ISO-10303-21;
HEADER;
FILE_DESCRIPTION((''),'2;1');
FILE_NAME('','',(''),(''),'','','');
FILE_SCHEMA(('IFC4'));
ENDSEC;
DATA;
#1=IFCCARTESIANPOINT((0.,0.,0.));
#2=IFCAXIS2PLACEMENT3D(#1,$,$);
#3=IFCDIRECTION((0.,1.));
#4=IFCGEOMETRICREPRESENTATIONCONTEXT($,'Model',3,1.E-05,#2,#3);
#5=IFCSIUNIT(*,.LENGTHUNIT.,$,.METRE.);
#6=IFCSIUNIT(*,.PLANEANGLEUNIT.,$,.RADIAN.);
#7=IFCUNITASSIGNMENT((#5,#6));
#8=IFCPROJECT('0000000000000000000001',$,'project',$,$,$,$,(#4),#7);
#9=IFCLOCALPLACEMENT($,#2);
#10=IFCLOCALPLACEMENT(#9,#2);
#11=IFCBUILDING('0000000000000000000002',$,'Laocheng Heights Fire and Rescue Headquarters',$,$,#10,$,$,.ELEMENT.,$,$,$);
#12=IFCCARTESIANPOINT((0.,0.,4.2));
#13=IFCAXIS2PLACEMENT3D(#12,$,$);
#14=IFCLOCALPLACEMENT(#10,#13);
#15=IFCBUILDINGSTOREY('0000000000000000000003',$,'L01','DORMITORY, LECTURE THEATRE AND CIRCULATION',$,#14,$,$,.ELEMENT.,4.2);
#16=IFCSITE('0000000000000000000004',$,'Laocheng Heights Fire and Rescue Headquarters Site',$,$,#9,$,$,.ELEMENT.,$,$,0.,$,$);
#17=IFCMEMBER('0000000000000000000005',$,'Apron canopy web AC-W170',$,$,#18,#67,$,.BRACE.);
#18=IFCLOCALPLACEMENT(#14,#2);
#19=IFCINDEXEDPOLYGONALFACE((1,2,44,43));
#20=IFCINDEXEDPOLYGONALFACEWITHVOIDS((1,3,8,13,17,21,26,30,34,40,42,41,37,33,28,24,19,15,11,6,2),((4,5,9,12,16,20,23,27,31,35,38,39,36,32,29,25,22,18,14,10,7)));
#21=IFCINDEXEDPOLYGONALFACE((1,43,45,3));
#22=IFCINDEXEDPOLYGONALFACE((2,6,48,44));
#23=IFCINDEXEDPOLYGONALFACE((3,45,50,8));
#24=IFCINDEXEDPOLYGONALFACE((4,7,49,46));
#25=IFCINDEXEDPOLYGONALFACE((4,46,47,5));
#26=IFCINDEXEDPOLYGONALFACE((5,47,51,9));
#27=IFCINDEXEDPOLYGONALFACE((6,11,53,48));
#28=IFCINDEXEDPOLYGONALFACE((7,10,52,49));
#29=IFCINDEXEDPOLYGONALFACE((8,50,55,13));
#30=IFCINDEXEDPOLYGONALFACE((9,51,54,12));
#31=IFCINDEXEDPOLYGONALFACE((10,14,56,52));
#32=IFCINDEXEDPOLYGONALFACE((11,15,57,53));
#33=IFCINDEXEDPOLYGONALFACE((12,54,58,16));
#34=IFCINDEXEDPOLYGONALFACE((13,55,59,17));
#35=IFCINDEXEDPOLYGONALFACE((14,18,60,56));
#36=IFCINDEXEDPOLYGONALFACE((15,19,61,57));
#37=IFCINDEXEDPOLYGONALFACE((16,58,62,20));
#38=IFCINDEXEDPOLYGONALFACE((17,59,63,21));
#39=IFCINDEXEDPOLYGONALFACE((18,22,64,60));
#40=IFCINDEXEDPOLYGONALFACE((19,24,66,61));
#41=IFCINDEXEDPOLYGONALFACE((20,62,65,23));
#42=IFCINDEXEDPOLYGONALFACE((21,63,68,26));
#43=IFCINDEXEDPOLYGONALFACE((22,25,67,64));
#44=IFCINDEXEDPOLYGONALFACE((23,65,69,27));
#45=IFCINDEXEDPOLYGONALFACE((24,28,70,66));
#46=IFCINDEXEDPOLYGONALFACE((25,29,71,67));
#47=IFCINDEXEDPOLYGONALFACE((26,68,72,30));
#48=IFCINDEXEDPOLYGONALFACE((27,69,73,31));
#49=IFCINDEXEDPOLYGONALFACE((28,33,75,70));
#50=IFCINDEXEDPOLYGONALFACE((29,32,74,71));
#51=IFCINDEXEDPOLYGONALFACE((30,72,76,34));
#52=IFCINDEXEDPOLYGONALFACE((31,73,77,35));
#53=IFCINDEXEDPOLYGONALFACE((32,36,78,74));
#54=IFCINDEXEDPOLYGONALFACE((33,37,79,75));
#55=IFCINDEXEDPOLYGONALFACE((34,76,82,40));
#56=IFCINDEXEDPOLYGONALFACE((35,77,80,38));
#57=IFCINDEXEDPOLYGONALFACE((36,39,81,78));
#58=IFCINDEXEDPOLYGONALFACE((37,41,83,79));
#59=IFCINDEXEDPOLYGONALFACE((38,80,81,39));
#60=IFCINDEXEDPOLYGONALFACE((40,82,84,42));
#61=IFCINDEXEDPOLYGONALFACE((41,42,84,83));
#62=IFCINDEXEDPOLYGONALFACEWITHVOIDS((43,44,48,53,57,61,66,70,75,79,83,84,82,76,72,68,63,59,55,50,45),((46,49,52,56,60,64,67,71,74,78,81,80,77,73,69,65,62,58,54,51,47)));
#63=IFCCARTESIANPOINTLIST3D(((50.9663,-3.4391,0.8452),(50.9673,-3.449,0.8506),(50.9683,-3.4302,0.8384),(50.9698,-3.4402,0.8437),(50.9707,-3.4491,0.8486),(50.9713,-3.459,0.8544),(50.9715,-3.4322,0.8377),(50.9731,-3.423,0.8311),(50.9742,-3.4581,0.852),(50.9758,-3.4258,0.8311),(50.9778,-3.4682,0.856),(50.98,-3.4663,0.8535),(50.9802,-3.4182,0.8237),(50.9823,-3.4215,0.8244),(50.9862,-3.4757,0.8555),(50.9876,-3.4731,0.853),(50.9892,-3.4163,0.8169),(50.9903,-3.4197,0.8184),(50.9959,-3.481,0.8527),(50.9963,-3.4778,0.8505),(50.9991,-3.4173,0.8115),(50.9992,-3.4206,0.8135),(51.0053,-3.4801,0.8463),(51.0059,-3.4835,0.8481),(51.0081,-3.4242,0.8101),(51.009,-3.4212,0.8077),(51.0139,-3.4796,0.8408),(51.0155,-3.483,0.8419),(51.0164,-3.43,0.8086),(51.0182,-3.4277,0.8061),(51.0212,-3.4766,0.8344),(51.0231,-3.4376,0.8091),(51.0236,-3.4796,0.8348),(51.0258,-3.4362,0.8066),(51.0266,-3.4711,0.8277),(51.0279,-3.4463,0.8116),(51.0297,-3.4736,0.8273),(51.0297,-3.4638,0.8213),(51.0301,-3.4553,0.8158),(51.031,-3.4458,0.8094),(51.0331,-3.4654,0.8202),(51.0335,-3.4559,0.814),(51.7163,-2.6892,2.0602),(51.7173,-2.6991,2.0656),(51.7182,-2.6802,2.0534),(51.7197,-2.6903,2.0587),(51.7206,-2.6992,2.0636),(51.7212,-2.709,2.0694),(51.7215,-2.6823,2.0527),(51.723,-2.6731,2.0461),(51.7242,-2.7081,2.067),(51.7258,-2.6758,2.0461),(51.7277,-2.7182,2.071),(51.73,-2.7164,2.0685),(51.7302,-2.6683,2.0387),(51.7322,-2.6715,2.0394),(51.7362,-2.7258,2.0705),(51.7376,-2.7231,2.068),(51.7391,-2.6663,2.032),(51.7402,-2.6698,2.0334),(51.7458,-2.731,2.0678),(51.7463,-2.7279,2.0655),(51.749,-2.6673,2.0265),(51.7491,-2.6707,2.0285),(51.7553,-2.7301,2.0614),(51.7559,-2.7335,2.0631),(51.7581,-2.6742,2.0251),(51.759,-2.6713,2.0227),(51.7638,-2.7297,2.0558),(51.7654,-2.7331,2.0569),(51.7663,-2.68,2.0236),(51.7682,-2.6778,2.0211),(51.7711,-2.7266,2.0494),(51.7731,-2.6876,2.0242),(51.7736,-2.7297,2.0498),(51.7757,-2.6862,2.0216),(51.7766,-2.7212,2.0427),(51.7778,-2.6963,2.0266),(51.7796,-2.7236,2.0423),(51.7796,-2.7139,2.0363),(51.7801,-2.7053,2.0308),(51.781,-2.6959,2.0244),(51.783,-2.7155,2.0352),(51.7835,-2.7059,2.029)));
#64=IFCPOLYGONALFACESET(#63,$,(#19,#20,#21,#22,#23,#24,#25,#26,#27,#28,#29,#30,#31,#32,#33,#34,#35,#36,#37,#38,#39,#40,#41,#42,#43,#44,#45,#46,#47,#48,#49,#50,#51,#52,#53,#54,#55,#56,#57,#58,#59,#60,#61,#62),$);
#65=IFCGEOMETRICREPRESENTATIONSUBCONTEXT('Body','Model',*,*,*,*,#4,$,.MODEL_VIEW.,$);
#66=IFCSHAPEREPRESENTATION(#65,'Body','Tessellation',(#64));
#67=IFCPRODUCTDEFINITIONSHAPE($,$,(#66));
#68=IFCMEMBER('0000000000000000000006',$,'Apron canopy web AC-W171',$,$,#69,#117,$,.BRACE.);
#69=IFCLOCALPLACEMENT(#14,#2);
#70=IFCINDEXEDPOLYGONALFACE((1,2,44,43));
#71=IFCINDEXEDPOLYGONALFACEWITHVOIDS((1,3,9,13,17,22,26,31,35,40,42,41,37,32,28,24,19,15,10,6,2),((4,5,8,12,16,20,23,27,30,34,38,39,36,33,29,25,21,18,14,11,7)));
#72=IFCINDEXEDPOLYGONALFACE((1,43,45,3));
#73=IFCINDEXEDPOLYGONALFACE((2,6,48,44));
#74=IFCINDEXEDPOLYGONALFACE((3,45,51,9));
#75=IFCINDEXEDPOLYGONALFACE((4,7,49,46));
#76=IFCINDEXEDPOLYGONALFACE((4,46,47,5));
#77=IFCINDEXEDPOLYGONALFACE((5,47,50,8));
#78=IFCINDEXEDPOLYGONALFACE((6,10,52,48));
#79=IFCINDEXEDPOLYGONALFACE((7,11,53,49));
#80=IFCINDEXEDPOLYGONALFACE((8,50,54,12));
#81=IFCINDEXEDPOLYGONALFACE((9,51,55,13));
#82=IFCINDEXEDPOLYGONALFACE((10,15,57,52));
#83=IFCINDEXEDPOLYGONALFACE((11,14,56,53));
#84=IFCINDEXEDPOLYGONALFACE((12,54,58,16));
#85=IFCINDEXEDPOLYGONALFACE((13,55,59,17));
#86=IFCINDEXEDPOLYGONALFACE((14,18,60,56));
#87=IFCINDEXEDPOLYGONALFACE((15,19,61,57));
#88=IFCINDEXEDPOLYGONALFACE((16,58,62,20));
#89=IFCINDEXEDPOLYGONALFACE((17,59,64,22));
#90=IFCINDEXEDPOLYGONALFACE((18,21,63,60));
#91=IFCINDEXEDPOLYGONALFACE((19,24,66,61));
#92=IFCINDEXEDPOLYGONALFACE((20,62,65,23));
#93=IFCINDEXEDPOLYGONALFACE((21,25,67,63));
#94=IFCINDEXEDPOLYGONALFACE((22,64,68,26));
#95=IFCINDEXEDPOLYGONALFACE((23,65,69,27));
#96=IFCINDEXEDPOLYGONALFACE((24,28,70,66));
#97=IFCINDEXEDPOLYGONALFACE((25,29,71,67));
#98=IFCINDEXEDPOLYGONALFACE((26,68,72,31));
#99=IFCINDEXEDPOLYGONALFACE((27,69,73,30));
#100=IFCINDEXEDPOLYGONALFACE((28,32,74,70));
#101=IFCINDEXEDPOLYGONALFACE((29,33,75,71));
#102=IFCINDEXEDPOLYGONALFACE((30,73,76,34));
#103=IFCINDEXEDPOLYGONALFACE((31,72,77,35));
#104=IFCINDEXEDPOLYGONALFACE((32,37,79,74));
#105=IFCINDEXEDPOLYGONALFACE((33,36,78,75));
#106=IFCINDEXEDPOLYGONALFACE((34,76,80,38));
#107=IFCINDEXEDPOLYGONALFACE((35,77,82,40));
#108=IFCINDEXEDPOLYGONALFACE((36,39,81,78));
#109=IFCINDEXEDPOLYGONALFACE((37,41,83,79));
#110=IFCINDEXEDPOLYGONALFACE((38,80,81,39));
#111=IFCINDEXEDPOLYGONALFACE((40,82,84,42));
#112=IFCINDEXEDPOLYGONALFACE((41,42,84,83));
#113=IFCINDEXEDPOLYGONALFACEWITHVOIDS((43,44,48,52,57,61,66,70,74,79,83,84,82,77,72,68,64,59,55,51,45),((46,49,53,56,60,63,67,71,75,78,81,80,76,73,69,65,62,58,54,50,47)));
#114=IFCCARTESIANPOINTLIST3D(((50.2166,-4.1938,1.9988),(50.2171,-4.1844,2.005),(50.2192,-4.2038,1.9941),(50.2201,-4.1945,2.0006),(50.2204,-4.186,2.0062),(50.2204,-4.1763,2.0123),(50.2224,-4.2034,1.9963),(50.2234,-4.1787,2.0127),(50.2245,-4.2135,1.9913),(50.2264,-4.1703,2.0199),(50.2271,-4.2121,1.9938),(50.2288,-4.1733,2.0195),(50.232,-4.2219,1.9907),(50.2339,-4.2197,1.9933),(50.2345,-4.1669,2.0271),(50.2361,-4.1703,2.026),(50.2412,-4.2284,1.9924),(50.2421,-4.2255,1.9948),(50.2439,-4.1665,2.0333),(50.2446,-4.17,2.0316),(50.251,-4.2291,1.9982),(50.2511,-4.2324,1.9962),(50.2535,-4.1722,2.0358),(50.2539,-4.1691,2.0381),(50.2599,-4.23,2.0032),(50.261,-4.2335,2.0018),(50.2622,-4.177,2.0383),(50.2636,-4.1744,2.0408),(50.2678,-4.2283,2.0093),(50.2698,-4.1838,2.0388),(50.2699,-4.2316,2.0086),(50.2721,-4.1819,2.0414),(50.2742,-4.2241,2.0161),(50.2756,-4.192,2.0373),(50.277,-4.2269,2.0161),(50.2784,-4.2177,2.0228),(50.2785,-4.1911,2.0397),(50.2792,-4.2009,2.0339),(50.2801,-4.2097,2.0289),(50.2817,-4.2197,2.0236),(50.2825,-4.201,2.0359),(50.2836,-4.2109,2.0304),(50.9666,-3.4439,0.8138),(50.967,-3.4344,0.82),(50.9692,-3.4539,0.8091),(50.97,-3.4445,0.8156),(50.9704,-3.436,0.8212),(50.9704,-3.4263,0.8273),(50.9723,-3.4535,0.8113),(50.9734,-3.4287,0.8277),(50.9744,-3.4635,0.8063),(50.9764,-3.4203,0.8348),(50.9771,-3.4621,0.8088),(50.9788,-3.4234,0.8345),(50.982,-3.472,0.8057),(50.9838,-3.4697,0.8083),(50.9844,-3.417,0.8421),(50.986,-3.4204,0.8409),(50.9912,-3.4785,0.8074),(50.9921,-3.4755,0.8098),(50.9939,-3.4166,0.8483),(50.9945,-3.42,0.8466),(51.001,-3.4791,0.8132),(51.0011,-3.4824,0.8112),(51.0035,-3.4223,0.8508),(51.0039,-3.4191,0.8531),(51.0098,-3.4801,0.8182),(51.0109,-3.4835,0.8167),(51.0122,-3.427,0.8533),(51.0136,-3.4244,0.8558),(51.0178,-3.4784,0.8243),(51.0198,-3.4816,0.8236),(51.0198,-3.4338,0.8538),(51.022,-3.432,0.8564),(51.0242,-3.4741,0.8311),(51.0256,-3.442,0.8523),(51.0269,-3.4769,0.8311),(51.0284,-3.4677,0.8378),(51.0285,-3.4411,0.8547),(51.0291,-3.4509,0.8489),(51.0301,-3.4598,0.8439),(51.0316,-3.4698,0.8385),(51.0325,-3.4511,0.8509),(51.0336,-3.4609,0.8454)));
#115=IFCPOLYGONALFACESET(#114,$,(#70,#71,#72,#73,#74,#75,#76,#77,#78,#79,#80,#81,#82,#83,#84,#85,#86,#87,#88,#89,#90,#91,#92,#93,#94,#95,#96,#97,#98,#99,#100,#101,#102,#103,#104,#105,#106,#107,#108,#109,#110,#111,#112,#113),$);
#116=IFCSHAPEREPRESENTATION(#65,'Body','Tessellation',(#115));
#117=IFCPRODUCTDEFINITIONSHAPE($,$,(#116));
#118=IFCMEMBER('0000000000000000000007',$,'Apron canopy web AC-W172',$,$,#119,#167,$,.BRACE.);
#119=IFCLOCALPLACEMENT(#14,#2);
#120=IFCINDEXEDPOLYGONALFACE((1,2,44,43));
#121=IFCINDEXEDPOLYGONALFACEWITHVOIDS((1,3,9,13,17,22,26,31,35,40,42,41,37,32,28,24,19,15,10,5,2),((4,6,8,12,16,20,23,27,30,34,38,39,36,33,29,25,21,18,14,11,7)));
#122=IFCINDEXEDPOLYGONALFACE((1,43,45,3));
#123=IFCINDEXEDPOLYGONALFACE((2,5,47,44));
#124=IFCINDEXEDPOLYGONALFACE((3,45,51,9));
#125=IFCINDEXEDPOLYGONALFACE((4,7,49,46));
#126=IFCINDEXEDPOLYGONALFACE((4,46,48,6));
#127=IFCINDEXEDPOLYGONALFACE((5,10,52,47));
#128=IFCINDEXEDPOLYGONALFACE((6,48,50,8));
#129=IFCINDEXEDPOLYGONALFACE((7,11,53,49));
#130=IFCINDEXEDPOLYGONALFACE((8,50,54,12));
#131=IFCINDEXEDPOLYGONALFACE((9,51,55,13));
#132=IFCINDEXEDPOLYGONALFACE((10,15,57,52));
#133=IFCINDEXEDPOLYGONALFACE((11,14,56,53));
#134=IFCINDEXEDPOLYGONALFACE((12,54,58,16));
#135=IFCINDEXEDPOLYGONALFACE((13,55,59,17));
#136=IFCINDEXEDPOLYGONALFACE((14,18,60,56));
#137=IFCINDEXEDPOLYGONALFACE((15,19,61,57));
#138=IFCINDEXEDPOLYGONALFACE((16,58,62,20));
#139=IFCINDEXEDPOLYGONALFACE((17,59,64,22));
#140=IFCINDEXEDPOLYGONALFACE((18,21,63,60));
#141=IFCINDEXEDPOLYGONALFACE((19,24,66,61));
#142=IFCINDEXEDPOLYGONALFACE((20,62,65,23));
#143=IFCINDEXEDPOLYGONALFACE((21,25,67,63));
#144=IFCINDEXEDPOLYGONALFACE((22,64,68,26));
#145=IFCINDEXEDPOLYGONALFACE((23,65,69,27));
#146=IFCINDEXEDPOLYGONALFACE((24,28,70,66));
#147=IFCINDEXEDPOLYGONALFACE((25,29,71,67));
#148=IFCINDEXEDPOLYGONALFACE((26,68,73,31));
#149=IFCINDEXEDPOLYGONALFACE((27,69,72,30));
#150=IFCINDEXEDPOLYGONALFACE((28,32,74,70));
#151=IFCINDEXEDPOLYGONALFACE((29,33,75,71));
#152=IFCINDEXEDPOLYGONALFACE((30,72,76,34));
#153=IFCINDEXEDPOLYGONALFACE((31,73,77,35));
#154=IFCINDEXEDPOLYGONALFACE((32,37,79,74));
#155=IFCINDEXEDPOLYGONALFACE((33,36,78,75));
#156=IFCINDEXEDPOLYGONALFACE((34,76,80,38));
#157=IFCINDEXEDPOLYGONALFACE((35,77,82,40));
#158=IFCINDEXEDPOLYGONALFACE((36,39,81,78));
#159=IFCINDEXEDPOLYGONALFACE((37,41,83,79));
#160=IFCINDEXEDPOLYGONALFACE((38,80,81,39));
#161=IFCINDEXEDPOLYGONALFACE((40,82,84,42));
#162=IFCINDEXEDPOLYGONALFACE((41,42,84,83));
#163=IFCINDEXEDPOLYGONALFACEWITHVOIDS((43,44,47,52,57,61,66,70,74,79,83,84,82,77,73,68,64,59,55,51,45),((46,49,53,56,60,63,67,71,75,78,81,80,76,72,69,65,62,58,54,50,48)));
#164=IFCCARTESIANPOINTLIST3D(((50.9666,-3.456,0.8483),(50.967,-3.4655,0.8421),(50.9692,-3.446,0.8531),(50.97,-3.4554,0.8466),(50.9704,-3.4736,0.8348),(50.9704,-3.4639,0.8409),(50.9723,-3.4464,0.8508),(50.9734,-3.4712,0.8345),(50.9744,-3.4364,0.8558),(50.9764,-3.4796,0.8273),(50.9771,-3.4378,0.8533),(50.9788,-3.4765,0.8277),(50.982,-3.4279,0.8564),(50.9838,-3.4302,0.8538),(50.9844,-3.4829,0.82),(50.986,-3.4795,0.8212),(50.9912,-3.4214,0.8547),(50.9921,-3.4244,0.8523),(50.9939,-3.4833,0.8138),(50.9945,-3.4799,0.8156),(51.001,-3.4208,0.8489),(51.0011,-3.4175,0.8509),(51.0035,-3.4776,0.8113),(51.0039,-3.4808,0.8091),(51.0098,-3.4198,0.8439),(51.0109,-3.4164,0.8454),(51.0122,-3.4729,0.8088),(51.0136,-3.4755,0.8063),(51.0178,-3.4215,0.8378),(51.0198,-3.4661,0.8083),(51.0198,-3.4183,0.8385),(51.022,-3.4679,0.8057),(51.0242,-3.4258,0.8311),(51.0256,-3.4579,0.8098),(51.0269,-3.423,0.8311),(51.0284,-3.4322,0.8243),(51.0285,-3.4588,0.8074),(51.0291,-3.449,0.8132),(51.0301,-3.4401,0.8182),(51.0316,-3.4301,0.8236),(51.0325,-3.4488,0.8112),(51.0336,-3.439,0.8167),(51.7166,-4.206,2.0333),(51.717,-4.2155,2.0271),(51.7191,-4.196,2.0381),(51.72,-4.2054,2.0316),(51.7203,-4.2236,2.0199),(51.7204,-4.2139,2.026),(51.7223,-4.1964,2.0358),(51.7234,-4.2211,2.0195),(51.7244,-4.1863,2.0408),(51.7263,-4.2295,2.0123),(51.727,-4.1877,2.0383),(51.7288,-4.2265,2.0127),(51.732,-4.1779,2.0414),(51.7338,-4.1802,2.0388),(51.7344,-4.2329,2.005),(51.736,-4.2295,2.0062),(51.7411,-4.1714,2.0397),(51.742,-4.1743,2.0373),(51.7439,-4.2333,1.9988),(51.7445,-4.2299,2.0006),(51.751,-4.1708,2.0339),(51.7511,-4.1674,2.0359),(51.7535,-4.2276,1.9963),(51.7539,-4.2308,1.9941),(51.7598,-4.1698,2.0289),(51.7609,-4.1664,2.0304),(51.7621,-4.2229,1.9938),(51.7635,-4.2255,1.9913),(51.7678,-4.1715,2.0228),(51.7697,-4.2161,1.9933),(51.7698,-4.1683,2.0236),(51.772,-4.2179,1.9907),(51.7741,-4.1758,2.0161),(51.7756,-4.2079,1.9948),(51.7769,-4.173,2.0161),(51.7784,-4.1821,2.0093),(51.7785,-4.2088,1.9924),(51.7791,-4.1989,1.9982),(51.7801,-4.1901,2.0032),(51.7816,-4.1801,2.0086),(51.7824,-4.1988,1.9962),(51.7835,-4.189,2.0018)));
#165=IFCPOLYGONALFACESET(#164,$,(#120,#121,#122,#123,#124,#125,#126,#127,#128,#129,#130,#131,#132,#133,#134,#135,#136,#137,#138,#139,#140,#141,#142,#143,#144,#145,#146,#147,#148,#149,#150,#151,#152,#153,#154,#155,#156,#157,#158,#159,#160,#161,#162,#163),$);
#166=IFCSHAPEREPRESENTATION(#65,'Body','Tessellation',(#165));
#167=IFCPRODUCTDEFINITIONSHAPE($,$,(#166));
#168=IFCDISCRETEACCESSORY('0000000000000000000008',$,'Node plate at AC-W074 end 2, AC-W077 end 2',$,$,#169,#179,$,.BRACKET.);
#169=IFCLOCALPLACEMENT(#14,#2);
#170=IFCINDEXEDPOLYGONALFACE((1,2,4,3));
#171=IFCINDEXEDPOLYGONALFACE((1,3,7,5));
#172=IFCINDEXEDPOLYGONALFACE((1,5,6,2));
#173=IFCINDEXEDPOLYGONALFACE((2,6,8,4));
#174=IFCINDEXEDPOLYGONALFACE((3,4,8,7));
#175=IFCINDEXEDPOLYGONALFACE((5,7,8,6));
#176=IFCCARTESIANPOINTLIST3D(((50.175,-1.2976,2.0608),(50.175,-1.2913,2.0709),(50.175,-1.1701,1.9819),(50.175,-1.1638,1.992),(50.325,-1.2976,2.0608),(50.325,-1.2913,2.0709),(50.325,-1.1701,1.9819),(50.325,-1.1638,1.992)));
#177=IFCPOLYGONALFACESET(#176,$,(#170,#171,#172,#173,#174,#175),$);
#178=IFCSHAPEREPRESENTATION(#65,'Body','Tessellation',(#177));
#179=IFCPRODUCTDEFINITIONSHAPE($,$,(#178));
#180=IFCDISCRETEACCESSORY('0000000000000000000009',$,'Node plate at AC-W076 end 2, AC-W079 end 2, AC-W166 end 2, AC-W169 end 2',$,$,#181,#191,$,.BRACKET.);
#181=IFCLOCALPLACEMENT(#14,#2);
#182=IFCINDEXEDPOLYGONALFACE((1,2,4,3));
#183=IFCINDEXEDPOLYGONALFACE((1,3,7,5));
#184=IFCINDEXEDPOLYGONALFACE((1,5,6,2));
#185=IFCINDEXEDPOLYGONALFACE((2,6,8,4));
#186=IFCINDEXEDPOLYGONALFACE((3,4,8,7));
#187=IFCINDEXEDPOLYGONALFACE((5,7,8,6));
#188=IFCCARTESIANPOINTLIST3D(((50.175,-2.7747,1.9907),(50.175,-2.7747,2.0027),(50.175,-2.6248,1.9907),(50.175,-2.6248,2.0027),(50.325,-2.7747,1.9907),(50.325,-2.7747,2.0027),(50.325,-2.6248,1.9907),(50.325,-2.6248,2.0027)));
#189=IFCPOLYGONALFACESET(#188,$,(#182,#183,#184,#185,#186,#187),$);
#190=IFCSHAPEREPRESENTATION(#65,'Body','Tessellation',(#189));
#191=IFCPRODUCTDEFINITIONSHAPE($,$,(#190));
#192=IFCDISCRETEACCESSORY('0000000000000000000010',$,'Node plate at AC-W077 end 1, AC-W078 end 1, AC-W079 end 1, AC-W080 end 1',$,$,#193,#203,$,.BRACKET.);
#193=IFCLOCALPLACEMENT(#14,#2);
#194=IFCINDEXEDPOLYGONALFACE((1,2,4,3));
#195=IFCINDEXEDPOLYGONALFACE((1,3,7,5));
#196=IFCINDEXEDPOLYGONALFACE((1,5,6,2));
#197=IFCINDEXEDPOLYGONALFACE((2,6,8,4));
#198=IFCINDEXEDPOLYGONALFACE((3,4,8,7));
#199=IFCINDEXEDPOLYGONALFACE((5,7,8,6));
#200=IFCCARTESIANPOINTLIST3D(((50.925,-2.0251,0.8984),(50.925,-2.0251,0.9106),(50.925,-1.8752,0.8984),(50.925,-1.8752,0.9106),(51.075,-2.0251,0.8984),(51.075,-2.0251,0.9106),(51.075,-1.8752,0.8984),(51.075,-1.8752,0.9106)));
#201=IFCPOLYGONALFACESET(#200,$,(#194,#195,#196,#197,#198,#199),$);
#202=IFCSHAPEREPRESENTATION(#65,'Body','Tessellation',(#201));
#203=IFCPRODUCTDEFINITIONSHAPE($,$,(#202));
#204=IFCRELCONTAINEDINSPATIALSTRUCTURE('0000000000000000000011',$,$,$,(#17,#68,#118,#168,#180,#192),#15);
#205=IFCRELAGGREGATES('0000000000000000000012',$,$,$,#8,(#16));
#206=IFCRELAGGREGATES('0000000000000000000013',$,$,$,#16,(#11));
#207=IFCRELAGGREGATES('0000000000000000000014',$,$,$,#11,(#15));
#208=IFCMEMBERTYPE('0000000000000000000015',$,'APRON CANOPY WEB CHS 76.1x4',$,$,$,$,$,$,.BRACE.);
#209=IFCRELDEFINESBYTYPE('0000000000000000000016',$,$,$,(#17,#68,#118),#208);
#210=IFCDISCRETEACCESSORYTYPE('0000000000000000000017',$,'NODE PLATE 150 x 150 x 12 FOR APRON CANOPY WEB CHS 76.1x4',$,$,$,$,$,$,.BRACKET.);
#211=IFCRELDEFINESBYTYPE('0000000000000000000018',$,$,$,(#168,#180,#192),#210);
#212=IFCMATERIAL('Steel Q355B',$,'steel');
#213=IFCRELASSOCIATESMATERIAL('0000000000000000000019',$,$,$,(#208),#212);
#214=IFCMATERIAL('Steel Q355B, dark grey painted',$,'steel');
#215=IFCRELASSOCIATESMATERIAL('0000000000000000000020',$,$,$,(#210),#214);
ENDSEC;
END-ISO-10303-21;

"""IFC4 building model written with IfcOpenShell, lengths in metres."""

from ifc_helpers import new_model, si_unit, direction, frame, origin, origin_2d, place, context, subcontext, project, spatial, rectangle, hollow_circle, extrude, material, material_profile, profile_set, type_object, element, save


model = new_model("IFC4")

# Units and contexts
model_context = context("Model", 3, precision=1e-05, world=origin(), true_north=direction((0.0, 1.0)))
body_context = subcontext(model_context, "Body", "Model", "MODEL_VIEW")
ifc_project = project(units=[si_unit("LENGTHUNIT", "METRE"), si_unit("PLANEANGLEUNIT", "RADIAN")], contexts=[model_context])

# Site, building, storey
site_placement = place(None, origin())
site = spatial("IfcSite", under=ifc_project, at=site_placement, Name="Laocheng Heights Fire and Rescue Headquarters Site", CompositionType="ELEMENT", RefElevation=0.0)
building_placement = place(site_placement, origin())
building = spatial("IfcBuilding", under=site, at=building_placement, Name="Laocheng Heights Fire and Rescue Headquarters", CompositionType="ELEMENT")
storey_placement = place(building_placement, frame((0.0, 0.0, 4.2)))
storey = spatial("IfcBuildingStorey", under=building, at=storey_placement, Name="L01", Description="DORMITORY, LECTURE THEATRE AND CIRCULATION", CompositionType="ELEMENT", Elevation=4.2)

# Members
ifc_material_1 = material(Name="Steel Q355B", Category="steel")
ifc_material_profile_1 = material_profile(ifc_material_1, hollow_circle(Radius=0.0381, WallThickness=0.0039, at=origin_2d()), Name="CHS 76.1x4")
ifc_profile_set_1 = profile_set([ifc_material_profile_1], Name="Steel Q355B")
member_type_1 = type_object("IfcMemberType", Name="APRON CANOPY WEB CHS 76.1x4", PredefinedType="BRACE", material=ifc_profile_set_1)
for number, where, z_axis, x_axis, name in (
    (1, (51.0, -3.45, 0.8311), (0.465002, 0.465002, 0.753357), (-0.707107, 0.707107, 0.0), "Apron canopy web AC-W170"),
):
    element("IfcMember", number, at=place(storey_placement, frame(where, z_axis=z_axis, x_axis=x_axis)), inside=storey, type_object=member_type_1, Name=name, PredefinedType="BRACE", context=body_context, shape_type="SweptSolid", body=[
        extrude(hollow_circle(Radius=0.0381, WallThickness=0.0039, at=origin_2d()), origin(), (0.0, 0.0, 1.0), 1.6128),
    ])
for number, where, z_axis, x_axis, name in (
    (2, (51.0, -3.45, 0.8311), (-0.47158, -0.47158, 0.745134), (0.707107, -0.707107, 0.0), "Apron canopy web AC-W171"),
    (3, (51.0, -3.45, 0.8311), (0.47158, -0.47158, 0.745134), (0.707107, 0.707107, 0.0), "Apron canopy web AC-W172"),
):
    element("IfcMember", number, at=place(storey_placement, frame(where, z_axis=z_axis, x_axis=x_axis)), inside=storey, type_object=member_type_1, Name=name, PredefinedType="BRACE", context=body_context, shape_type="SweptSolid", body=[
        extrude(hollow_circle(Radius=0.0381, WallThickness=0.0039, at=origin_2d()), origin(), (0.0, 0.0, 1.0), 1.5903),
    ])

# Discrete accessories
ifc_material_2 = material(Name="Steel Q355B, dark grey painted", Category="steel")
ifc_material_profile_2 = material_profile(ifc_material_2, rectangle(XDim=0.1499, YDim=0.1499, at=origin_2d()), Name="NODE PLATE 150 x 150 x 12 FOR APRON CANOPY WEB CHS 76.1x4")
ifc_profile_set_2 = profile_set([ifc_material_profile_2], Name="Steel Q355B, dark grey painted")
discrete_accessory_type = type_object("IfcDiscreteAccessoryType", Name="NODE PLATE 150 x 150 x 12 FOR APRON CANOPY WEB CHS 76.1x4", PredefinedType="BRACKET", material=ifc_profile_set_2)
for number, where, z_axis, x_axis, name in (
    (4, (50.25, -1.2275, 2.0315), (0.0, -0.526355, -0.850265), (1.0, 0.0, 0.0), "Node plate at AC-W074 end 2, AC-W077 end 2"),
    (5, (50.25, -2.6997, 2.0027), (0.0, 0.0, -1.0), (1.0, 0.0, 0.0), "Node plate at AC-W076 end 2, AC-W079 end 2, AC-W166 end 2, AC-W169 end 2"),
):
    element("IfcDiscreteAccessory", number, at=place(storey_placement, frame(where, z_axis=z_axis, x_axis=x_axis)), inside=storey, type_object=discrete_accessory_type, Name=name, PredefinedType="BRACKET", context=body_context, shape_type="SweptSolid", body=[
        extrude(rectangle(XDim=0.1499, YDim=0.1499, at=origin_2d()), origin(), (0.0, 0.0, 1.0), 0.012),
    ])
discrete_accessory_1_placement = place(storey_placement, frame((51.0, -1.9502, 0.8984), z_axis=(0.0, 0.0, 1.0), x_axis=(1.0, 0.0, 0.0)))
element("IfcDiscreteAccessory", 6, at=discrete_accessory_1_placement, inside=storey, type_object=discrete_accessory_type, Name="Node plate at AC-W077 end 1, AC-W078 end 1, AC-W079 end 1, AC-W080 end 1", PredefinedType="BRACKET", context=body_context, shape_type="SweptSolid", body=[
    extrude(rectangle(XDim=0.1499, YDim=0.1499, at=origin_2d()), origin(), (0.0, 0.0, 1.0), 0.0122),
])

save(model, "model.ifc")
